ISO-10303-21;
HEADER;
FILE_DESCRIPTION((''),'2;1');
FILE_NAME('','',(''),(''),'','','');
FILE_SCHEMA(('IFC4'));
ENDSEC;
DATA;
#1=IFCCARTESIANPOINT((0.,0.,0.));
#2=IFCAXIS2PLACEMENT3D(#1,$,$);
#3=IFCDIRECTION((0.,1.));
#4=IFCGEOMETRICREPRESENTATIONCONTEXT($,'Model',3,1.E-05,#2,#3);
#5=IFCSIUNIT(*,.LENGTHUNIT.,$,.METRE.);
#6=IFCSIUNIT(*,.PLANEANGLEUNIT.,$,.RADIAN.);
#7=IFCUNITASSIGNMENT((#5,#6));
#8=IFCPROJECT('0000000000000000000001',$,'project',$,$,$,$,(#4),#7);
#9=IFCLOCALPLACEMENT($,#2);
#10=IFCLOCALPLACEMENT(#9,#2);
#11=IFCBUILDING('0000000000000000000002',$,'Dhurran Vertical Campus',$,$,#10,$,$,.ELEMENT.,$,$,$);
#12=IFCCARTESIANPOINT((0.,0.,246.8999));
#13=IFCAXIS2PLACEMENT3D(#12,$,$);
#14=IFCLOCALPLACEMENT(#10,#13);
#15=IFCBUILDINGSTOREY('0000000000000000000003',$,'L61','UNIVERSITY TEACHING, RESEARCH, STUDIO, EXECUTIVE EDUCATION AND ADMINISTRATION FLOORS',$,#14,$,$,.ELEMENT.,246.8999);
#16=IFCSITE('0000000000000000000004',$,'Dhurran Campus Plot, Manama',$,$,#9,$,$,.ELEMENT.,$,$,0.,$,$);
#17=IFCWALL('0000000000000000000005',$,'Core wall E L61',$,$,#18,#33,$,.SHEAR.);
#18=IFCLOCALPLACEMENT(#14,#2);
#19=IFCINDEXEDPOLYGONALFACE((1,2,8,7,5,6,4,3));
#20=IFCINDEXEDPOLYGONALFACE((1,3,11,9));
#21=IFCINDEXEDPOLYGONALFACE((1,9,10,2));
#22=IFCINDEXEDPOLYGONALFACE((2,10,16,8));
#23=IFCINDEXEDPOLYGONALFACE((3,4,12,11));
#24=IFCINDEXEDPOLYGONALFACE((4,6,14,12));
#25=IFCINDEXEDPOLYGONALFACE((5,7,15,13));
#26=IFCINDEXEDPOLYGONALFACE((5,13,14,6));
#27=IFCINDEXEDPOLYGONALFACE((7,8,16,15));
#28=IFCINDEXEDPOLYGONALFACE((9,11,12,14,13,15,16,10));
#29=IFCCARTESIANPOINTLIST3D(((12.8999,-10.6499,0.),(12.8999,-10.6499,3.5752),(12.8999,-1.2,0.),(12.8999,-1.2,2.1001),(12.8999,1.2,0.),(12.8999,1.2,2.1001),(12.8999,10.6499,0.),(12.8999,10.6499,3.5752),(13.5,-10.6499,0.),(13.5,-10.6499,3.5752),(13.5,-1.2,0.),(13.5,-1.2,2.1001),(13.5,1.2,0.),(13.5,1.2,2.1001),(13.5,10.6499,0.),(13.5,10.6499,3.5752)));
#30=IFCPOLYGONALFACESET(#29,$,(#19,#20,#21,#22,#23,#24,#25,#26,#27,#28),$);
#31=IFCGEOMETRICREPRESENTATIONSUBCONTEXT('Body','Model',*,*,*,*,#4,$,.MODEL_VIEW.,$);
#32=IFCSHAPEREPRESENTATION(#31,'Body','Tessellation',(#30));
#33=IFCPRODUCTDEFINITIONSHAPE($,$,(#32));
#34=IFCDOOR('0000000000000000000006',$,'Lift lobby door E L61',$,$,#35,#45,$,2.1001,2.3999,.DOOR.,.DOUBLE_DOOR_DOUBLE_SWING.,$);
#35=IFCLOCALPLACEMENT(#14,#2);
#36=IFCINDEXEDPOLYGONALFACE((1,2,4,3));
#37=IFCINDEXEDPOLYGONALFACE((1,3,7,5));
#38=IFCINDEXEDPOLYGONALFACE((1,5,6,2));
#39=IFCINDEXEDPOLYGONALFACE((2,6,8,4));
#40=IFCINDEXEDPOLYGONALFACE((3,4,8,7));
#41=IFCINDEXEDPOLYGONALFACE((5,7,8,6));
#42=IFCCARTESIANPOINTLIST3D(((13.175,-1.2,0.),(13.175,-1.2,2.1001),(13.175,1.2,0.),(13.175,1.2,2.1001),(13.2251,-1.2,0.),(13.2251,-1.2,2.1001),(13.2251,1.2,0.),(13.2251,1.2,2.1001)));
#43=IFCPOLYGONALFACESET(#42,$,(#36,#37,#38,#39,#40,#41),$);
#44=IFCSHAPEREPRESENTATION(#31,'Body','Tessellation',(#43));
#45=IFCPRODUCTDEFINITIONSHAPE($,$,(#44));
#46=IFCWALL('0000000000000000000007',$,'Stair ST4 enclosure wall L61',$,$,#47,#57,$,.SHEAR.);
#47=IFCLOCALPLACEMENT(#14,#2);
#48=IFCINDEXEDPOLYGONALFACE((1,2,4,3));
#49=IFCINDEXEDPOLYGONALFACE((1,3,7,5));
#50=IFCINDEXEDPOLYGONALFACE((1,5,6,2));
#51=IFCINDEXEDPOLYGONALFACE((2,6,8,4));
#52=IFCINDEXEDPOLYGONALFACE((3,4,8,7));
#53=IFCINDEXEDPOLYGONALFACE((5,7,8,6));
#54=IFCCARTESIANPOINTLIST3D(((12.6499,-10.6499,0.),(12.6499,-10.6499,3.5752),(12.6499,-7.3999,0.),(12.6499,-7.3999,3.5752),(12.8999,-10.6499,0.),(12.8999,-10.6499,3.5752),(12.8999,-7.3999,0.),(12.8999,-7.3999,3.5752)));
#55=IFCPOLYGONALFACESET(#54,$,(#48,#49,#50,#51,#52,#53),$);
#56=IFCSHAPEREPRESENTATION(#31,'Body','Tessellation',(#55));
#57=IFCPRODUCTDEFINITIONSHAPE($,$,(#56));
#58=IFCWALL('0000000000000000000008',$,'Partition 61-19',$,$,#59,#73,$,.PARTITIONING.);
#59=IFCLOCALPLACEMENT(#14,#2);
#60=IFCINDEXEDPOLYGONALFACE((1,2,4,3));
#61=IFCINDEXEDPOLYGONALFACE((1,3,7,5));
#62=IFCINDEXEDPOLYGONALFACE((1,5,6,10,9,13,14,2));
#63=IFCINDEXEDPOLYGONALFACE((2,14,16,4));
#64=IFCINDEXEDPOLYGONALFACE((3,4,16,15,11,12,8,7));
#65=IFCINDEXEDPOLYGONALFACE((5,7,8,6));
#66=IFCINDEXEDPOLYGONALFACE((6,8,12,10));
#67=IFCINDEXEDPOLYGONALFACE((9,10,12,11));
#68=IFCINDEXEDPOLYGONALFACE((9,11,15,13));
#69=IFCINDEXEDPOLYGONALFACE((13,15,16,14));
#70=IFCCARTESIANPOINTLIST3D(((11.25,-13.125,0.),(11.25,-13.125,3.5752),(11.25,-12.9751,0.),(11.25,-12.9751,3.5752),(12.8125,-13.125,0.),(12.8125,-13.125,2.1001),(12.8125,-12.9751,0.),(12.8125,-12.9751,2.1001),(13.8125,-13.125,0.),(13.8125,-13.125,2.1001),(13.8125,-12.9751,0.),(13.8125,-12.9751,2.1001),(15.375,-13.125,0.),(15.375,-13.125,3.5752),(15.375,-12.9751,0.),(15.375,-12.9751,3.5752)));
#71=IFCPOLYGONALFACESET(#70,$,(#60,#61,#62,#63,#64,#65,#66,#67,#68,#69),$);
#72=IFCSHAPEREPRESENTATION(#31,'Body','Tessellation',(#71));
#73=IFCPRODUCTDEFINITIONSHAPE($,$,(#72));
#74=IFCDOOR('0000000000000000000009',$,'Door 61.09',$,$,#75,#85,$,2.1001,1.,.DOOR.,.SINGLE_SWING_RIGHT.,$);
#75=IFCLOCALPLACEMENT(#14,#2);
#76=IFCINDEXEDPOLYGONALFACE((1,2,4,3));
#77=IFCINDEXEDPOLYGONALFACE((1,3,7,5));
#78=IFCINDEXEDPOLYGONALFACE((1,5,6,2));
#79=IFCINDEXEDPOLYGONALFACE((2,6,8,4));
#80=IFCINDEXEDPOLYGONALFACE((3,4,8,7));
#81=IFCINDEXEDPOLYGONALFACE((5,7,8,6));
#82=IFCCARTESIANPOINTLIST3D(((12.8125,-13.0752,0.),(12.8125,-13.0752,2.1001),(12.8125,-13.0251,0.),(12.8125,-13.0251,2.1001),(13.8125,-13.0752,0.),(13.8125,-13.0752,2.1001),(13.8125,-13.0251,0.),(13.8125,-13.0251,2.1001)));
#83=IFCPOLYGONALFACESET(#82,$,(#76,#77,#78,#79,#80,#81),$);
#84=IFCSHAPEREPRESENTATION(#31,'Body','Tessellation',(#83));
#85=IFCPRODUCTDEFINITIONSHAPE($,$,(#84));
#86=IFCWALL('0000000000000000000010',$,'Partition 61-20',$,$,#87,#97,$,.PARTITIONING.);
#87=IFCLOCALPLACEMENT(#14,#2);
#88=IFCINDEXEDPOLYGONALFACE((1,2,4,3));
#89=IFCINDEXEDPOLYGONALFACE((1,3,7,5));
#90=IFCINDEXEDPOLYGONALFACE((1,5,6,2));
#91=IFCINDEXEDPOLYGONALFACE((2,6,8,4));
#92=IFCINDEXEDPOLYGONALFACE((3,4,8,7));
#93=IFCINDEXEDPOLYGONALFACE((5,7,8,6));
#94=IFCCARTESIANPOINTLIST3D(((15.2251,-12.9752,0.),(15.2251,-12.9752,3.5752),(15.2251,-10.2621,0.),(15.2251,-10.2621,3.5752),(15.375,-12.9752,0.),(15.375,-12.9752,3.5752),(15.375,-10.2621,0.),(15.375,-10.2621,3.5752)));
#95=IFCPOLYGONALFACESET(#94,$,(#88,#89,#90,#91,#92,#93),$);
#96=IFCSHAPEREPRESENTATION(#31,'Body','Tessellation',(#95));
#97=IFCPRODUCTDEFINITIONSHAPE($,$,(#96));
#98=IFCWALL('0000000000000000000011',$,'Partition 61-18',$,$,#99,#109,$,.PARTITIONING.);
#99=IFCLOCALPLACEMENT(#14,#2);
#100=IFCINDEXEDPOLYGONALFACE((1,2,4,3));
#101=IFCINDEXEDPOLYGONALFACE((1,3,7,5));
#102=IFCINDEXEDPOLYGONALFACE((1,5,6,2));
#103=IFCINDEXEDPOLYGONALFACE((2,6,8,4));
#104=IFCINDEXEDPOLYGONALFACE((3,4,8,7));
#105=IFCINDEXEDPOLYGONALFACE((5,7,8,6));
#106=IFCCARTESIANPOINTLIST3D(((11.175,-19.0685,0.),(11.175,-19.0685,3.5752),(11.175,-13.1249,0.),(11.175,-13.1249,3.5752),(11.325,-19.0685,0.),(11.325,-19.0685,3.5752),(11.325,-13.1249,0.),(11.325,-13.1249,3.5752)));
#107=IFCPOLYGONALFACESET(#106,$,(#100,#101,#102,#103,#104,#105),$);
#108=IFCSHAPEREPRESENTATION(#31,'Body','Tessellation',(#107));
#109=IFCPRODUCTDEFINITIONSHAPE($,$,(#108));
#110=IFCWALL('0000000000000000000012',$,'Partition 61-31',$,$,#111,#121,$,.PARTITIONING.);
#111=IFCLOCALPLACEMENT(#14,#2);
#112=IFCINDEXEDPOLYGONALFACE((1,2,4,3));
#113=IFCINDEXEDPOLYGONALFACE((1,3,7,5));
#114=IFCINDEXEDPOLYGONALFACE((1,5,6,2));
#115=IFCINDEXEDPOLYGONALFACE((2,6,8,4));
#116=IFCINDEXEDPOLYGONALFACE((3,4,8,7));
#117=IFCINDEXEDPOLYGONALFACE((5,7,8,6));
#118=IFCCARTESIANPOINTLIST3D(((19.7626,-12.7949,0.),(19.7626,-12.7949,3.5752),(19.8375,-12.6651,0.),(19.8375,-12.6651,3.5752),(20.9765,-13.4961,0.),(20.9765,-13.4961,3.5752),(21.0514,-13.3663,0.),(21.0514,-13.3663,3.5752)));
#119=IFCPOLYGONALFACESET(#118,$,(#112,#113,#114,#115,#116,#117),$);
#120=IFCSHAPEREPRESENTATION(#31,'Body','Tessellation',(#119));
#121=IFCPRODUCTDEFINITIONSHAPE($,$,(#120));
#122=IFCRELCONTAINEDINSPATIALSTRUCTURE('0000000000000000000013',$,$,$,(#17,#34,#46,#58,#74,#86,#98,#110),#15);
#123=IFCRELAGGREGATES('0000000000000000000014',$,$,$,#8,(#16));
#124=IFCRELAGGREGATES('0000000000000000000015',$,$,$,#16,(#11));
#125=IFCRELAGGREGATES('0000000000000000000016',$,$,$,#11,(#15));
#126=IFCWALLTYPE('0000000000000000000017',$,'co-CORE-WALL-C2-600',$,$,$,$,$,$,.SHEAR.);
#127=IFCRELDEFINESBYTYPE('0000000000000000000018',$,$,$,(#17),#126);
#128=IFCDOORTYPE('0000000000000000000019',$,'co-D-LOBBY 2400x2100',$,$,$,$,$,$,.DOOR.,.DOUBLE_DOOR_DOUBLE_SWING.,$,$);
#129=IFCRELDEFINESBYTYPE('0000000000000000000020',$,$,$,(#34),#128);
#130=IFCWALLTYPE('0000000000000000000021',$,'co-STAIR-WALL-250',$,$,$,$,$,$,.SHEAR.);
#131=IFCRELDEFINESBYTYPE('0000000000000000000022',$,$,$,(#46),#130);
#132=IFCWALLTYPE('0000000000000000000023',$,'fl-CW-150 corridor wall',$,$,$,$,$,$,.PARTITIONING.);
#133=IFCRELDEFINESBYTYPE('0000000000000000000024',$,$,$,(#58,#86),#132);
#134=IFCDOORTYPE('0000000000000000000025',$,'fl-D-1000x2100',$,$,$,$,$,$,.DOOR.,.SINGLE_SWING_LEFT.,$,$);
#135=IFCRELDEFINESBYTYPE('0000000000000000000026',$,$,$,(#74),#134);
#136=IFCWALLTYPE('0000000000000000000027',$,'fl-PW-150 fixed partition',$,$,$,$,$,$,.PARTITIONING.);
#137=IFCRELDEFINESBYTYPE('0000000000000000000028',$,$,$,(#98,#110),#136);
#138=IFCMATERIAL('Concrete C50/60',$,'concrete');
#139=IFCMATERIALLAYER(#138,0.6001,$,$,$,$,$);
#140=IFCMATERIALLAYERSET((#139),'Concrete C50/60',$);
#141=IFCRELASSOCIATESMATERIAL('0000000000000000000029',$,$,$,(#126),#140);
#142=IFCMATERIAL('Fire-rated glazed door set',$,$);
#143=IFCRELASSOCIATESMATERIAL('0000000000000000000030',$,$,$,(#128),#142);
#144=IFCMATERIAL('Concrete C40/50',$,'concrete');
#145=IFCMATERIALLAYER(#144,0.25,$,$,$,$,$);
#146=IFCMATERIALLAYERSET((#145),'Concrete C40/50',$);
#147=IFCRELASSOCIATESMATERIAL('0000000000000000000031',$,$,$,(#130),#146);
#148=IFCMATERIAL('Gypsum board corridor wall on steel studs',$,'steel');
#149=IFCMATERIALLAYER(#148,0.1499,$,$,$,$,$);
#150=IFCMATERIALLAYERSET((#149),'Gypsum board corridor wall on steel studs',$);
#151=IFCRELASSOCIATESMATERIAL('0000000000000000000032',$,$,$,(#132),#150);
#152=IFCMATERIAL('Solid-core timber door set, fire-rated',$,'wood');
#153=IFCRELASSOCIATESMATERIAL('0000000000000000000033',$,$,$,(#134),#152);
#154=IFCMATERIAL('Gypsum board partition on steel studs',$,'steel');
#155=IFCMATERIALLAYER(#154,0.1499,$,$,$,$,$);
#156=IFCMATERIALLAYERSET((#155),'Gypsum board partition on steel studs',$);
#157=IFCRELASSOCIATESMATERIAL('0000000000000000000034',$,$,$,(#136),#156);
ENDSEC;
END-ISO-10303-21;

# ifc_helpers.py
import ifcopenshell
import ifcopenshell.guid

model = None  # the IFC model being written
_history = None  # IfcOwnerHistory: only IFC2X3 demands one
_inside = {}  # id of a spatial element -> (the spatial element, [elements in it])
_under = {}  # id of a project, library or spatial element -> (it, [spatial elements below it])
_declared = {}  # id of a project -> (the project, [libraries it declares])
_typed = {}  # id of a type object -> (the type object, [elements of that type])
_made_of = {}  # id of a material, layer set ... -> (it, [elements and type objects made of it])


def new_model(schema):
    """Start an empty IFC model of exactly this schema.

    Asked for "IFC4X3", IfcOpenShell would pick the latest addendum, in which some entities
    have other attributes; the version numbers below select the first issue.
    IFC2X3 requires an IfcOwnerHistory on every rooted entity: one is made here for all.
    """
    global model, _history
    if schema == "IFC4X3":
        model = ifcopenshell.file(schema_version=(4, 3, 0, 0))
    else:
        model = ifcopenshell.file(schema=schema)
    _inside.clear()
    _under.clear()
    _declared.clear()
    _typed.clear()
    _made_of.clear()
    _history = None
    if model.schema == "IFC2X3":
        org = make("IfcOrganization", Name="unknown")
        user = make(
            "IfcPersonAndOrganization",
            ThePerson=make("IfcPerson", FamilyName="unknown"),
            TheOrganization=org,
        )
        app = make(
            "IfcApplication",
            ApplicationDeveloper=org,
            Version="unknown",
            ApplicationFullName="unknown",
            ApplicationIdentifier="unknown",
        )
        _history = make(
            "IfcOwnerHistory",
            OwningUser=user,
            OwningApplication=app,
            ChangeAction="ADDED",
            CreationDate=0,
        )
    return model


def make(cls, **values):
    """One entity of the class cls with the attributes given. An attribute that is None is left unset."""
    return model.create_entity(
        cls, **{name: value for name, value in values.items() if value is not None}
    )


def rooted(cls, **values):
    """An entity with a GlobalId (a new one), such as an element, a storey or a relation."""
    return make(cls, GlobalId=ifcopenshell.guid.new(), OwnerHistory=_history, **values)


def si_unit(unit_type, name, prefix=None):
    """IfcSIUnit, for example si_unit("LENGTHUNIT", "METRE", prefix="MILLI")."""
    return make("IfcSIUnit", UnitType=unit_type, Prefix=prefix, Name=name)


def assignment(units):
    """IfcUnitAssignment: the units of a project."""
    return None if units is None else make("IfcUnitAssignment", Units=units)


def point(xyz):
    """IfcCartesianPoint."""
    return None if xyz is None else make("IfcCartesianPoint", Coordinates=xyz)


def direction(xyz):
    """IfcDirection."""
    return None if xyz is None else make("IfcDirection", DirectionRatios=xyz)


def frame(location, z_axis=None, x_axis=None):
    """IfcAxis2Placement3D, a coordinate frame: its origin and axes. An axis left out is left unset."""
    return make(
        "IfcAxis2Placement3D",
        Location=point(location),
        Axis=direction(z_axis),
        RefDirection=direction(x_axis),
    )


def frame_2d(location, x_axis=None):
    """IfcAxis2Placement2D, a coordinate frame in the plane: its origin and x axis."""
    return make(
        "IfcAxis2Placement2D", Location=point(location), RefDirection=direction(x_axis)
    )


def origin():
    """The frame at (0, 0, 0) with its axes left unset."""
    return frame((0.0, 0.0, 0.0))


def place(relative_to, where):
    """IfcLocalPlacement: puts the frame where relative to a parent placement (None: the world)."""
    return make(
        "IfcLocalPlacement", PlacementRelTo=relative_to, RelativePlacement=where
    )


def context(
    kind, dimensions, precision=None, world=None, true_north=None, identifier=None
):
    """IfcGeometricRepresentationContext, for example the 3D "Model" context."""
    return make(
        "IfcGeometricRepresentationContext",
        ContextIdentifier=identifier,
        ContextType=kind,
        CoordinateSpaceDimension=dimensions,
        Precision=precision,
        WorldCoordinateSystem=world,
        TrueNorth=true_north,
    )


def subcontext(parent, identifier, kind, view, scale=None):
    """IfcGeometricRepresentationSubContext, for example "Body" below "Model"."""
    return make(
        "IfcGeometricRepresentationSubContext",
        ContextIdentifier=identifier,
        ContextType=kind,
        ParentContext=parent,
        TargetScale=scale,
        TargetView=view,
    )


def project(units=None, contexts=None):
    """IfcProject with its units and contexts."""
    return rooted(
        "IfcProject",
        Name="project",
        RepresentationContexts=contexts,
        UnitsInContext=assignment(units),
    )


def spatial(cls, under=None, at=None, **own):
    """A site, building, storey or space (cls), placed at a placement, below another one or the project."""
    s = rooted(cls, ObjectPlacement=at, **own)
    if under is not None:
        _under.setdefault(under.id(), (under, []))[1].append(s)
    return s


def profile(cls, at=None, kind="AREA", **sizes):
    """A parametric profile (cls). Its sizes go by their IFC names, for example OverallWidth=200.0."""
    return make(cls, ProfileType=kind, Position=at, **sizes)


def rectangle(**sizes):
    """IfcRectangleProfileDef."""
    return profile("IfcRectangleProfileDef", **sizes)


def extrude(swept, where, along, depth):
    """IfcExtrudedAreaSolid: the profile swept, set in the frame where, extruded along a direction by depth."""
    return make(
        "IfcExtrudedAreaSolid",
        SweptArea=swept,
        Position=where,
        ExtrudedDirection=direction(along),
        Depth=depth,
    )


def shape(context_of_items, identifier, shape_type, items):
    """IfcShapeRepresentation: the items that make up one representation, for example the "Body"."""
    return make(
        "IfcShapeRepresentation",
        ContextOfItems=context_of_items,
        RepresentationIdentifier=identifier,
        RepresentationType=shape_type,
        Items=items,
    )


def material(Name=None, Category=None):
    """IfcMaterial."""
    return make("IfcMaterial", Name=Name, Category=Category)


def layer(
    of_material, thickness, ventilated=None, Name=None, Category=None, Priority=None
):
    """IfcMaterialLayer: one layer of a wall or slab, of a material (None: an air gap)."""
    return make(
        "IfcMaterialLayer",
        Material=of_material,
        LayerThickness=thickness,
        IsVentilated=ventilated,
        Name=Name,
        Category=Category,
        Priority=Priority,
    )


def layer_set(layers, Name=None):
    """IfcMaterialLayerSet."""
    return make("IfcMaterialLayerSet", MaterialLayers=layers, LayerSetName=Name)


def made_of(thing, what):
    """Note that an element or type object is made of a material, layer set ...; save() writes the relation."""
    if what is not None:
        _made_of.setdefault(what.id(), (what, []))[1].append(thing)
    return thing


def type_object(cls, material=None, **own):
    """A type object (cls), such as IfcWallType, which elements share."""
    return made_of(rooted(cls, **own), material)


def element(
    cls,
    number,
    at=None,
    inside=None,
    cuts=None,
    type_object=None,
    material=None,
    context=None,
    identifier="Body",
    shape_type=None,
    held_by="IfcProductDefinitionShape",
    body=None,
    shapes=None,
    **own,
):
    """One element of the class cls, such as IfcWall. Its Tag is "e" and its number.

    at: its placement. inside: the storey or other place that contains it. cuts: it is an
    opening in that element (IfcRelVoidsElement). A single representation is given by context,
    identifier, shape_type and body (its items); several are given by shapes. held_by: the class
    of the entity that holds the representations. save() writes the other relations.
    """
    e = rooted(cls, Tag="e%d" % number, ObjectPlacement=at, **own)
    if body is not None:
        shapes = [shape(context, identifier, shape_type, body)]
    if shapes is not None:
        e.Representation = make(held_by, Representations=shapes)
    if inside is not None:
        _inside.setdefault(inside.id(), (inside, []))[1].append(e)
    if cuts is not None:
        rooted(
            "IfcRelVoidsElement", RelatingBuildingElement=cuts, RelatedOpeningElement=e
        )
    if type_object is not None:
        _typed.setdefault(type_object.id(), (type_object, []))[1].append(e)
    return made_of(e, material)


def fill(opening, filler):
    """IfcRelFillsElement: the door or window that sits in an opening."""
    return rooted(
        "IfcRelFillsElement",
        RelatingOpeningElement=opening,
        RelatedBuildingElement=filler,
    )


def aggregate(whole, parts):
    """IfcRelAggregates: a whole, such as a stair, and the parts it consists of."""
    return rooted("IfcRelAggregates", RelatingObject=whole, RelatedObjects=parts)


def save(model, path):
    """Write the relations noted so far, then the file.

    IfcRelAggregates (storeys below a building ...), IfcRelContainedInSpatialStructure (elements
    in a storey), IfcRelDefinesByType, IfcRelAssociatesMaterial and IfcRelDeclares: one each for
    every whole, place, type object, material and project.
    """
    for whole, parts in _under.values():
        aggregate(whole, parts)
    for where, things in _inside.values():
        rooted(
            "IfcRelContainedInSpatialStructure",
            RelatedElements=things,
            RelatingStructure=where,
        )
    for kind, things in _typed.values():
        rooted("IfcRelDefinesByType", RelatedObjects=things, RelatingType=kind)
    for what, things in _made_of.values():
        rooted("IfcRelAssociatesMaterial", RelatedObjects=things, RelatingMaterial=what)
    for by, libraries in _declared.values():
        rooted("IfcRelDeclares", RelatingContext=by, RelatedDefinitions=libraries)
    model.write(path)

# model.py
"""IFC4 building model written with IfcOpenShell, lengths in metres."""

from ifc_helpers import new_model, si_unit, direction, frame, frame_2d, origin, place, context, subcontext, project, spatial, rectangle, extrude, material, layer, layer_set, type_object, element, fill, save


model = new_model("IFC4")

# Units and contexts
model_context = context("Model", 3, precision=1e-05, world=origin(), true_north=direction((0.0, 1.0)))
body_context = subcontext(model_context, "Body", "Model", "MODEL_VIEW")
ifc_project = project(units=[si_unit("LENGTHUNIT", "METRE"), si_unit("PLANEANGLEUNIT", "RADIAN")], contexts=[model_context])

# Site, building, storey
site_placement = place(None, origin())
site = spatial("IfcSite", under=ifc_project, at=site_placement, Name="Dhurran Campus Plot, Manama", CompositionType="ELEMENT", RefElevation=0.0)
building_placement = place(site_placement, origin())
building = spatial("IfcBuilding", under=site, at=building_placement, Name="Dhurran Vertical Campus", CompositionType="ELEMENT")
storey_placement = place(building_placement, frame((0.0, 0.0, 246.8999)))
storey = spatial("IfcBuildingStorey", under=building, at=storey_placement, Name="L61", Description="UNIVERSITY TEACHING, RESEARCH, STUDIO, EXECUTIVE EDUCATION AND ADMINISTRATION FLOORS", CompositionType="ELEMENT", Elevation=246.8999)

# Wall, opening, door
ifc_material_1 = material(Name="Concrete C50/60", Category="concrete")
ifc_layer_1 = layer(ifc_material_1, 0.6001)
ifc_layer_set_1 = layer_set([ifc_layer_1], Name="Concrete C50/60")
wall_type_1 = type_object("IfcWallType", Name="co-CORE-WALL-C2-600", PredefinedType="SHEAR", material=ifc_layer_set_1)
wall_1_placement = place(storey_placement, frame((13.2, -10.6499, 0.0), z_axis=(0.0, 0.0, 1.0), x_axis=(0.0, 1.0, 0.0)))
wall_1 = element("IfcWall", 1, at=wall_1_placement, inside=storey, type_object=wall_type_1, Name="Core wall E L61", PredefinedType="SHEAR", context=body_context, shape_type="SweptSolid", body=[
    extrude(rectangle(XDim=21.2998, YDim=0.6001, at=frame_2d((10.6499, 0.0))), origin(), (0.0, 0.0, 1.0), 3.5752),
])
opening_1_placement = place(wall_1_placement, frame((9.45, 0.0, 0.0)))
opening_1 = element("IfcOpeningElement", 2, at=opening_1_placement, cuts=wall_1, PredefinedType="OPENING", context=body_context, shape_type="SweptSolid", body=[
    extrude(rectangle(XDim=2.3999, YDim=2.1001, at=frame_2d((1.2, 1.05))), frame((0.0, 0.3101, 0.0), z_axis=(0.0, -1.0, 0.0), x_axis=(1.0, 0.0, 0.0)), (0.0, 0.0, 1.0), 0.6201),
])
ifc_material_2 = material(Name="Fire-rated glazed door set")
door_type_1 = type_object("IfcDoorType", Name="co-D-LOBBY 2400x2100", OperationType="DOUBLE_DOOR_DOUBLE_SWING", PredefinedType="DOOR", material=ifc_material_2)
door_1_placement = place(opening_1_placement, origin())
door_1 = element("IfcDoor", 3, at=door_1_placement, inside=storey, type_object=door_type_1, Name="Lift lobby door E L61", OperationType="DOUBLE_DOOR_DOUBLE_SWING", OverallHeight=2.1001, OverallWidth=2.3999, PredefinedType="DOOR", context=body_context, shape_type="SweptSolid", body=[
    extrude(rectangle(XDim=2.3999, YDim=2.1001, at=frame_2d((1.2, 1.05))), frame((0.0, 0.0249, 0.0), z_axis=(0.0, -1.0, 0.0), x_axis=(1.0, 0.0, 0.0)), (0.0, 0.0, 1.0), 0.05),
])
fill(opening_1, door_1)

# Wall
ifc_material_3 = material(Name="Concrete C40/50", Category="concrete")
ifc_layer_2 = layer(ifc_material_3, 0.25)
ifc_layer_set_2 = layer_set([ifc_layer_2], Name="Concrete C40/50")
wall_type_2 = type_object("IfcWallType", Name="co-STAIR-WALL-250", PredefinedType="SHEAR", material=ifc_layer_set_2)
wall_2_placement = place(storey_placement, frame((12.7749, -10.6499, 0.0), z_axis=(0.0, 0.0, 1.0), x_axis=(0.0, 1.0, 0.0)))
element("IfcWall", 4, at=wall_2_placement, inside=storey, type_object=wall_type_2, Name="Stair ST4 enclosure wall L61", PredefinedType="SHEAR", context=body_context, shape_type="SweptSolid", body=[
    extrude(rectangle(XDim=3.25, YDim=0.25, at=frame_2d((1.625, 0.0))), origin(), (0.0, 0.0, 1.0), 3.5752),
])

# Wall, opening, door
ifc_material_4 = material(Name="Gypsum board corridor wall on steel studs", Category="steel")
ifc_layer_3 = layer(ifc_material_4, 0.1499)
ifc_layer_set_3 = layer_set([ifc_layer_3], Name="Gypsum board corridor wall on steel studs")
wall_type_3 = type_object("IfcWallType", Name="fl-CW-150 corridor wall", PredefinedType="PARTITIONING", material=ifc_layer_set_3)
wall_3_placement = place(storey_placement, frame((11.25, -13.05, 0.0), z_axis=(0.0, 0.0, 1.0), x_axis=(1.0, 0.0, 0.0)))
wall_3 = element("IfcWall", 5, at=wall_3_placement, inside=storey, type_object=wall_type_3, Name="Partition 61-19", PredefinedType="PARTITIONING", context=body_context, shape_type="SweptSolid", body=[
    extrude(rectangle(XDim=4.125, YDim=0.1499, at=frame_2d((2.0625, 0.0))), origin(), (0.0, 0.0, 1.0), 3.5752),
])
opening_2_placement = place(wall_3_placement, frame((1.5625, 0.0, 0.0)))
opening_2 = element("IfcOpeningElement", 6, at=opening_2_placement, cuts=wall_3, PredefinedType="OPENING", context=body_context, shape_type="SweptSolid", body=[
    extrude(rectangle(XDim=1.0, YDim=2.1001, at=frame_2d((0.5, 1.05))), frame((0.0, 0.085, 0.0), z_axis=(0.0, -1.0, 0.0), x_axis=(1.0, 0.0, 0.0)), (0.0, 0.0, 1.0), 0.1699),
])
ifc_material_5 = material(Name="Solid-core timber door set, fire-rated", Category="wood")
door_type_2 = type_object("IfcDoorType", Name="fl-D-1000x2100", OperationType="SINGLE_SWING_LEFT", PredefinedType="DOOR", material=ifc_material_5)
door_2_placement = place(opening_2_placement, origin())
door_2 = element("IfcDoor", 7, at=door_2_placement, inside=storey, type_object=door_type_2, Name="Door 61.09", OperationType="SINGLE_SWING_RIGHT", OverallHeight=2.1001, OverallWidth=1.0, PredefinedType="DOOR", context=body_context, shape_type="SweptSolid", body=[
    extrude(rectangle(XDim=1.0, YDim=2.1001, at=frame_2d((0.5, 1.05))), frame((0.0, 0.0249, 0.0), z_axis=(0.0, -1.0, 0.0), x_axis=(1.0, 0.0, 0.0)), (0.0, 0.0, 1.0), 0.05),
])
fill(opening_2, door_2)

# Walls
wall_4_placement = place(storey_placement, frame((15.3, -12.9751, 0.0), z_axis=(0.0, 0.0, 1.0), x_axis=(0.0, 1.0, 0.0)))
element("IfcWall", 8, at=wall_4_placement, inside=storey, type_object=wall_type_3, Name="Partition 61-20", PredefinedType="PARTITIONING", context=body_context, shape_type="SweptSolid", body=[
    extrude(rectangle(XDim=2.7131, YDim=0.1499, at=frame_2d((1.3564, 0.0))), origin(), (0.0, 0.0, 1.0), 3.5752),
])
ifc_material_6 = material(Name="Gypsum board partition on steel studs", Category="steel")
ifc_layer_4 = layer(ifc_material_6, 0.1499)
ifc_layer_set_4 = layer_set([ifc_layer_4], Name="Gypsum board partition on steel studs")
wall_type_4 = type_object("IfcWallType", Name="fl-PW-150 fixed partition", PredefinedType="PARTITIONING", material=ifc_layer_set_4)
wall_5_placement = place(storey_placement, frame((11.25, -13.125, 0.0), z_axis=(0.0, 0.0, 1.0), x_axis=(0.0, -1.0, 0.0)))
element("IfcWall", 9, at=wall_5_placement, inside=storey, type_object=wall_type_4, Name="Partition 61-18", PredefinedType="PARTITIONING", context=body_context, shape_type="SweptSolid", body=[
    extrude(rectangle(XDim=5.9436, YDim=0.1499, at=frame_2d((2.9717, 0.0))), origin(), (0.0, 0.0, 1.0), 3.5752),
])
wall_6_placement = place(storey_placement, frame((19.8, -12.73, 0.0), z_axis=(0.0, 0.0, 1.0), x_axis=(0.865919, -0.500185, 0.0)))
element("IfcWall", 10, at=wall_6_placement, inside=storey, type_object=wall_type_4, Name="Partition 61-31", PredefinedType="PARTITIONING", context=body_context, shape_type="SweptSolid", body=[
    extrude(rectangle(XDim=1.4019, YDim=0.1499, at=frame_2d((0.7009, 0.0))), origin(), (0.0, 0.0, 1.0), 3.5752),
])

save(model, "model.ifc")
